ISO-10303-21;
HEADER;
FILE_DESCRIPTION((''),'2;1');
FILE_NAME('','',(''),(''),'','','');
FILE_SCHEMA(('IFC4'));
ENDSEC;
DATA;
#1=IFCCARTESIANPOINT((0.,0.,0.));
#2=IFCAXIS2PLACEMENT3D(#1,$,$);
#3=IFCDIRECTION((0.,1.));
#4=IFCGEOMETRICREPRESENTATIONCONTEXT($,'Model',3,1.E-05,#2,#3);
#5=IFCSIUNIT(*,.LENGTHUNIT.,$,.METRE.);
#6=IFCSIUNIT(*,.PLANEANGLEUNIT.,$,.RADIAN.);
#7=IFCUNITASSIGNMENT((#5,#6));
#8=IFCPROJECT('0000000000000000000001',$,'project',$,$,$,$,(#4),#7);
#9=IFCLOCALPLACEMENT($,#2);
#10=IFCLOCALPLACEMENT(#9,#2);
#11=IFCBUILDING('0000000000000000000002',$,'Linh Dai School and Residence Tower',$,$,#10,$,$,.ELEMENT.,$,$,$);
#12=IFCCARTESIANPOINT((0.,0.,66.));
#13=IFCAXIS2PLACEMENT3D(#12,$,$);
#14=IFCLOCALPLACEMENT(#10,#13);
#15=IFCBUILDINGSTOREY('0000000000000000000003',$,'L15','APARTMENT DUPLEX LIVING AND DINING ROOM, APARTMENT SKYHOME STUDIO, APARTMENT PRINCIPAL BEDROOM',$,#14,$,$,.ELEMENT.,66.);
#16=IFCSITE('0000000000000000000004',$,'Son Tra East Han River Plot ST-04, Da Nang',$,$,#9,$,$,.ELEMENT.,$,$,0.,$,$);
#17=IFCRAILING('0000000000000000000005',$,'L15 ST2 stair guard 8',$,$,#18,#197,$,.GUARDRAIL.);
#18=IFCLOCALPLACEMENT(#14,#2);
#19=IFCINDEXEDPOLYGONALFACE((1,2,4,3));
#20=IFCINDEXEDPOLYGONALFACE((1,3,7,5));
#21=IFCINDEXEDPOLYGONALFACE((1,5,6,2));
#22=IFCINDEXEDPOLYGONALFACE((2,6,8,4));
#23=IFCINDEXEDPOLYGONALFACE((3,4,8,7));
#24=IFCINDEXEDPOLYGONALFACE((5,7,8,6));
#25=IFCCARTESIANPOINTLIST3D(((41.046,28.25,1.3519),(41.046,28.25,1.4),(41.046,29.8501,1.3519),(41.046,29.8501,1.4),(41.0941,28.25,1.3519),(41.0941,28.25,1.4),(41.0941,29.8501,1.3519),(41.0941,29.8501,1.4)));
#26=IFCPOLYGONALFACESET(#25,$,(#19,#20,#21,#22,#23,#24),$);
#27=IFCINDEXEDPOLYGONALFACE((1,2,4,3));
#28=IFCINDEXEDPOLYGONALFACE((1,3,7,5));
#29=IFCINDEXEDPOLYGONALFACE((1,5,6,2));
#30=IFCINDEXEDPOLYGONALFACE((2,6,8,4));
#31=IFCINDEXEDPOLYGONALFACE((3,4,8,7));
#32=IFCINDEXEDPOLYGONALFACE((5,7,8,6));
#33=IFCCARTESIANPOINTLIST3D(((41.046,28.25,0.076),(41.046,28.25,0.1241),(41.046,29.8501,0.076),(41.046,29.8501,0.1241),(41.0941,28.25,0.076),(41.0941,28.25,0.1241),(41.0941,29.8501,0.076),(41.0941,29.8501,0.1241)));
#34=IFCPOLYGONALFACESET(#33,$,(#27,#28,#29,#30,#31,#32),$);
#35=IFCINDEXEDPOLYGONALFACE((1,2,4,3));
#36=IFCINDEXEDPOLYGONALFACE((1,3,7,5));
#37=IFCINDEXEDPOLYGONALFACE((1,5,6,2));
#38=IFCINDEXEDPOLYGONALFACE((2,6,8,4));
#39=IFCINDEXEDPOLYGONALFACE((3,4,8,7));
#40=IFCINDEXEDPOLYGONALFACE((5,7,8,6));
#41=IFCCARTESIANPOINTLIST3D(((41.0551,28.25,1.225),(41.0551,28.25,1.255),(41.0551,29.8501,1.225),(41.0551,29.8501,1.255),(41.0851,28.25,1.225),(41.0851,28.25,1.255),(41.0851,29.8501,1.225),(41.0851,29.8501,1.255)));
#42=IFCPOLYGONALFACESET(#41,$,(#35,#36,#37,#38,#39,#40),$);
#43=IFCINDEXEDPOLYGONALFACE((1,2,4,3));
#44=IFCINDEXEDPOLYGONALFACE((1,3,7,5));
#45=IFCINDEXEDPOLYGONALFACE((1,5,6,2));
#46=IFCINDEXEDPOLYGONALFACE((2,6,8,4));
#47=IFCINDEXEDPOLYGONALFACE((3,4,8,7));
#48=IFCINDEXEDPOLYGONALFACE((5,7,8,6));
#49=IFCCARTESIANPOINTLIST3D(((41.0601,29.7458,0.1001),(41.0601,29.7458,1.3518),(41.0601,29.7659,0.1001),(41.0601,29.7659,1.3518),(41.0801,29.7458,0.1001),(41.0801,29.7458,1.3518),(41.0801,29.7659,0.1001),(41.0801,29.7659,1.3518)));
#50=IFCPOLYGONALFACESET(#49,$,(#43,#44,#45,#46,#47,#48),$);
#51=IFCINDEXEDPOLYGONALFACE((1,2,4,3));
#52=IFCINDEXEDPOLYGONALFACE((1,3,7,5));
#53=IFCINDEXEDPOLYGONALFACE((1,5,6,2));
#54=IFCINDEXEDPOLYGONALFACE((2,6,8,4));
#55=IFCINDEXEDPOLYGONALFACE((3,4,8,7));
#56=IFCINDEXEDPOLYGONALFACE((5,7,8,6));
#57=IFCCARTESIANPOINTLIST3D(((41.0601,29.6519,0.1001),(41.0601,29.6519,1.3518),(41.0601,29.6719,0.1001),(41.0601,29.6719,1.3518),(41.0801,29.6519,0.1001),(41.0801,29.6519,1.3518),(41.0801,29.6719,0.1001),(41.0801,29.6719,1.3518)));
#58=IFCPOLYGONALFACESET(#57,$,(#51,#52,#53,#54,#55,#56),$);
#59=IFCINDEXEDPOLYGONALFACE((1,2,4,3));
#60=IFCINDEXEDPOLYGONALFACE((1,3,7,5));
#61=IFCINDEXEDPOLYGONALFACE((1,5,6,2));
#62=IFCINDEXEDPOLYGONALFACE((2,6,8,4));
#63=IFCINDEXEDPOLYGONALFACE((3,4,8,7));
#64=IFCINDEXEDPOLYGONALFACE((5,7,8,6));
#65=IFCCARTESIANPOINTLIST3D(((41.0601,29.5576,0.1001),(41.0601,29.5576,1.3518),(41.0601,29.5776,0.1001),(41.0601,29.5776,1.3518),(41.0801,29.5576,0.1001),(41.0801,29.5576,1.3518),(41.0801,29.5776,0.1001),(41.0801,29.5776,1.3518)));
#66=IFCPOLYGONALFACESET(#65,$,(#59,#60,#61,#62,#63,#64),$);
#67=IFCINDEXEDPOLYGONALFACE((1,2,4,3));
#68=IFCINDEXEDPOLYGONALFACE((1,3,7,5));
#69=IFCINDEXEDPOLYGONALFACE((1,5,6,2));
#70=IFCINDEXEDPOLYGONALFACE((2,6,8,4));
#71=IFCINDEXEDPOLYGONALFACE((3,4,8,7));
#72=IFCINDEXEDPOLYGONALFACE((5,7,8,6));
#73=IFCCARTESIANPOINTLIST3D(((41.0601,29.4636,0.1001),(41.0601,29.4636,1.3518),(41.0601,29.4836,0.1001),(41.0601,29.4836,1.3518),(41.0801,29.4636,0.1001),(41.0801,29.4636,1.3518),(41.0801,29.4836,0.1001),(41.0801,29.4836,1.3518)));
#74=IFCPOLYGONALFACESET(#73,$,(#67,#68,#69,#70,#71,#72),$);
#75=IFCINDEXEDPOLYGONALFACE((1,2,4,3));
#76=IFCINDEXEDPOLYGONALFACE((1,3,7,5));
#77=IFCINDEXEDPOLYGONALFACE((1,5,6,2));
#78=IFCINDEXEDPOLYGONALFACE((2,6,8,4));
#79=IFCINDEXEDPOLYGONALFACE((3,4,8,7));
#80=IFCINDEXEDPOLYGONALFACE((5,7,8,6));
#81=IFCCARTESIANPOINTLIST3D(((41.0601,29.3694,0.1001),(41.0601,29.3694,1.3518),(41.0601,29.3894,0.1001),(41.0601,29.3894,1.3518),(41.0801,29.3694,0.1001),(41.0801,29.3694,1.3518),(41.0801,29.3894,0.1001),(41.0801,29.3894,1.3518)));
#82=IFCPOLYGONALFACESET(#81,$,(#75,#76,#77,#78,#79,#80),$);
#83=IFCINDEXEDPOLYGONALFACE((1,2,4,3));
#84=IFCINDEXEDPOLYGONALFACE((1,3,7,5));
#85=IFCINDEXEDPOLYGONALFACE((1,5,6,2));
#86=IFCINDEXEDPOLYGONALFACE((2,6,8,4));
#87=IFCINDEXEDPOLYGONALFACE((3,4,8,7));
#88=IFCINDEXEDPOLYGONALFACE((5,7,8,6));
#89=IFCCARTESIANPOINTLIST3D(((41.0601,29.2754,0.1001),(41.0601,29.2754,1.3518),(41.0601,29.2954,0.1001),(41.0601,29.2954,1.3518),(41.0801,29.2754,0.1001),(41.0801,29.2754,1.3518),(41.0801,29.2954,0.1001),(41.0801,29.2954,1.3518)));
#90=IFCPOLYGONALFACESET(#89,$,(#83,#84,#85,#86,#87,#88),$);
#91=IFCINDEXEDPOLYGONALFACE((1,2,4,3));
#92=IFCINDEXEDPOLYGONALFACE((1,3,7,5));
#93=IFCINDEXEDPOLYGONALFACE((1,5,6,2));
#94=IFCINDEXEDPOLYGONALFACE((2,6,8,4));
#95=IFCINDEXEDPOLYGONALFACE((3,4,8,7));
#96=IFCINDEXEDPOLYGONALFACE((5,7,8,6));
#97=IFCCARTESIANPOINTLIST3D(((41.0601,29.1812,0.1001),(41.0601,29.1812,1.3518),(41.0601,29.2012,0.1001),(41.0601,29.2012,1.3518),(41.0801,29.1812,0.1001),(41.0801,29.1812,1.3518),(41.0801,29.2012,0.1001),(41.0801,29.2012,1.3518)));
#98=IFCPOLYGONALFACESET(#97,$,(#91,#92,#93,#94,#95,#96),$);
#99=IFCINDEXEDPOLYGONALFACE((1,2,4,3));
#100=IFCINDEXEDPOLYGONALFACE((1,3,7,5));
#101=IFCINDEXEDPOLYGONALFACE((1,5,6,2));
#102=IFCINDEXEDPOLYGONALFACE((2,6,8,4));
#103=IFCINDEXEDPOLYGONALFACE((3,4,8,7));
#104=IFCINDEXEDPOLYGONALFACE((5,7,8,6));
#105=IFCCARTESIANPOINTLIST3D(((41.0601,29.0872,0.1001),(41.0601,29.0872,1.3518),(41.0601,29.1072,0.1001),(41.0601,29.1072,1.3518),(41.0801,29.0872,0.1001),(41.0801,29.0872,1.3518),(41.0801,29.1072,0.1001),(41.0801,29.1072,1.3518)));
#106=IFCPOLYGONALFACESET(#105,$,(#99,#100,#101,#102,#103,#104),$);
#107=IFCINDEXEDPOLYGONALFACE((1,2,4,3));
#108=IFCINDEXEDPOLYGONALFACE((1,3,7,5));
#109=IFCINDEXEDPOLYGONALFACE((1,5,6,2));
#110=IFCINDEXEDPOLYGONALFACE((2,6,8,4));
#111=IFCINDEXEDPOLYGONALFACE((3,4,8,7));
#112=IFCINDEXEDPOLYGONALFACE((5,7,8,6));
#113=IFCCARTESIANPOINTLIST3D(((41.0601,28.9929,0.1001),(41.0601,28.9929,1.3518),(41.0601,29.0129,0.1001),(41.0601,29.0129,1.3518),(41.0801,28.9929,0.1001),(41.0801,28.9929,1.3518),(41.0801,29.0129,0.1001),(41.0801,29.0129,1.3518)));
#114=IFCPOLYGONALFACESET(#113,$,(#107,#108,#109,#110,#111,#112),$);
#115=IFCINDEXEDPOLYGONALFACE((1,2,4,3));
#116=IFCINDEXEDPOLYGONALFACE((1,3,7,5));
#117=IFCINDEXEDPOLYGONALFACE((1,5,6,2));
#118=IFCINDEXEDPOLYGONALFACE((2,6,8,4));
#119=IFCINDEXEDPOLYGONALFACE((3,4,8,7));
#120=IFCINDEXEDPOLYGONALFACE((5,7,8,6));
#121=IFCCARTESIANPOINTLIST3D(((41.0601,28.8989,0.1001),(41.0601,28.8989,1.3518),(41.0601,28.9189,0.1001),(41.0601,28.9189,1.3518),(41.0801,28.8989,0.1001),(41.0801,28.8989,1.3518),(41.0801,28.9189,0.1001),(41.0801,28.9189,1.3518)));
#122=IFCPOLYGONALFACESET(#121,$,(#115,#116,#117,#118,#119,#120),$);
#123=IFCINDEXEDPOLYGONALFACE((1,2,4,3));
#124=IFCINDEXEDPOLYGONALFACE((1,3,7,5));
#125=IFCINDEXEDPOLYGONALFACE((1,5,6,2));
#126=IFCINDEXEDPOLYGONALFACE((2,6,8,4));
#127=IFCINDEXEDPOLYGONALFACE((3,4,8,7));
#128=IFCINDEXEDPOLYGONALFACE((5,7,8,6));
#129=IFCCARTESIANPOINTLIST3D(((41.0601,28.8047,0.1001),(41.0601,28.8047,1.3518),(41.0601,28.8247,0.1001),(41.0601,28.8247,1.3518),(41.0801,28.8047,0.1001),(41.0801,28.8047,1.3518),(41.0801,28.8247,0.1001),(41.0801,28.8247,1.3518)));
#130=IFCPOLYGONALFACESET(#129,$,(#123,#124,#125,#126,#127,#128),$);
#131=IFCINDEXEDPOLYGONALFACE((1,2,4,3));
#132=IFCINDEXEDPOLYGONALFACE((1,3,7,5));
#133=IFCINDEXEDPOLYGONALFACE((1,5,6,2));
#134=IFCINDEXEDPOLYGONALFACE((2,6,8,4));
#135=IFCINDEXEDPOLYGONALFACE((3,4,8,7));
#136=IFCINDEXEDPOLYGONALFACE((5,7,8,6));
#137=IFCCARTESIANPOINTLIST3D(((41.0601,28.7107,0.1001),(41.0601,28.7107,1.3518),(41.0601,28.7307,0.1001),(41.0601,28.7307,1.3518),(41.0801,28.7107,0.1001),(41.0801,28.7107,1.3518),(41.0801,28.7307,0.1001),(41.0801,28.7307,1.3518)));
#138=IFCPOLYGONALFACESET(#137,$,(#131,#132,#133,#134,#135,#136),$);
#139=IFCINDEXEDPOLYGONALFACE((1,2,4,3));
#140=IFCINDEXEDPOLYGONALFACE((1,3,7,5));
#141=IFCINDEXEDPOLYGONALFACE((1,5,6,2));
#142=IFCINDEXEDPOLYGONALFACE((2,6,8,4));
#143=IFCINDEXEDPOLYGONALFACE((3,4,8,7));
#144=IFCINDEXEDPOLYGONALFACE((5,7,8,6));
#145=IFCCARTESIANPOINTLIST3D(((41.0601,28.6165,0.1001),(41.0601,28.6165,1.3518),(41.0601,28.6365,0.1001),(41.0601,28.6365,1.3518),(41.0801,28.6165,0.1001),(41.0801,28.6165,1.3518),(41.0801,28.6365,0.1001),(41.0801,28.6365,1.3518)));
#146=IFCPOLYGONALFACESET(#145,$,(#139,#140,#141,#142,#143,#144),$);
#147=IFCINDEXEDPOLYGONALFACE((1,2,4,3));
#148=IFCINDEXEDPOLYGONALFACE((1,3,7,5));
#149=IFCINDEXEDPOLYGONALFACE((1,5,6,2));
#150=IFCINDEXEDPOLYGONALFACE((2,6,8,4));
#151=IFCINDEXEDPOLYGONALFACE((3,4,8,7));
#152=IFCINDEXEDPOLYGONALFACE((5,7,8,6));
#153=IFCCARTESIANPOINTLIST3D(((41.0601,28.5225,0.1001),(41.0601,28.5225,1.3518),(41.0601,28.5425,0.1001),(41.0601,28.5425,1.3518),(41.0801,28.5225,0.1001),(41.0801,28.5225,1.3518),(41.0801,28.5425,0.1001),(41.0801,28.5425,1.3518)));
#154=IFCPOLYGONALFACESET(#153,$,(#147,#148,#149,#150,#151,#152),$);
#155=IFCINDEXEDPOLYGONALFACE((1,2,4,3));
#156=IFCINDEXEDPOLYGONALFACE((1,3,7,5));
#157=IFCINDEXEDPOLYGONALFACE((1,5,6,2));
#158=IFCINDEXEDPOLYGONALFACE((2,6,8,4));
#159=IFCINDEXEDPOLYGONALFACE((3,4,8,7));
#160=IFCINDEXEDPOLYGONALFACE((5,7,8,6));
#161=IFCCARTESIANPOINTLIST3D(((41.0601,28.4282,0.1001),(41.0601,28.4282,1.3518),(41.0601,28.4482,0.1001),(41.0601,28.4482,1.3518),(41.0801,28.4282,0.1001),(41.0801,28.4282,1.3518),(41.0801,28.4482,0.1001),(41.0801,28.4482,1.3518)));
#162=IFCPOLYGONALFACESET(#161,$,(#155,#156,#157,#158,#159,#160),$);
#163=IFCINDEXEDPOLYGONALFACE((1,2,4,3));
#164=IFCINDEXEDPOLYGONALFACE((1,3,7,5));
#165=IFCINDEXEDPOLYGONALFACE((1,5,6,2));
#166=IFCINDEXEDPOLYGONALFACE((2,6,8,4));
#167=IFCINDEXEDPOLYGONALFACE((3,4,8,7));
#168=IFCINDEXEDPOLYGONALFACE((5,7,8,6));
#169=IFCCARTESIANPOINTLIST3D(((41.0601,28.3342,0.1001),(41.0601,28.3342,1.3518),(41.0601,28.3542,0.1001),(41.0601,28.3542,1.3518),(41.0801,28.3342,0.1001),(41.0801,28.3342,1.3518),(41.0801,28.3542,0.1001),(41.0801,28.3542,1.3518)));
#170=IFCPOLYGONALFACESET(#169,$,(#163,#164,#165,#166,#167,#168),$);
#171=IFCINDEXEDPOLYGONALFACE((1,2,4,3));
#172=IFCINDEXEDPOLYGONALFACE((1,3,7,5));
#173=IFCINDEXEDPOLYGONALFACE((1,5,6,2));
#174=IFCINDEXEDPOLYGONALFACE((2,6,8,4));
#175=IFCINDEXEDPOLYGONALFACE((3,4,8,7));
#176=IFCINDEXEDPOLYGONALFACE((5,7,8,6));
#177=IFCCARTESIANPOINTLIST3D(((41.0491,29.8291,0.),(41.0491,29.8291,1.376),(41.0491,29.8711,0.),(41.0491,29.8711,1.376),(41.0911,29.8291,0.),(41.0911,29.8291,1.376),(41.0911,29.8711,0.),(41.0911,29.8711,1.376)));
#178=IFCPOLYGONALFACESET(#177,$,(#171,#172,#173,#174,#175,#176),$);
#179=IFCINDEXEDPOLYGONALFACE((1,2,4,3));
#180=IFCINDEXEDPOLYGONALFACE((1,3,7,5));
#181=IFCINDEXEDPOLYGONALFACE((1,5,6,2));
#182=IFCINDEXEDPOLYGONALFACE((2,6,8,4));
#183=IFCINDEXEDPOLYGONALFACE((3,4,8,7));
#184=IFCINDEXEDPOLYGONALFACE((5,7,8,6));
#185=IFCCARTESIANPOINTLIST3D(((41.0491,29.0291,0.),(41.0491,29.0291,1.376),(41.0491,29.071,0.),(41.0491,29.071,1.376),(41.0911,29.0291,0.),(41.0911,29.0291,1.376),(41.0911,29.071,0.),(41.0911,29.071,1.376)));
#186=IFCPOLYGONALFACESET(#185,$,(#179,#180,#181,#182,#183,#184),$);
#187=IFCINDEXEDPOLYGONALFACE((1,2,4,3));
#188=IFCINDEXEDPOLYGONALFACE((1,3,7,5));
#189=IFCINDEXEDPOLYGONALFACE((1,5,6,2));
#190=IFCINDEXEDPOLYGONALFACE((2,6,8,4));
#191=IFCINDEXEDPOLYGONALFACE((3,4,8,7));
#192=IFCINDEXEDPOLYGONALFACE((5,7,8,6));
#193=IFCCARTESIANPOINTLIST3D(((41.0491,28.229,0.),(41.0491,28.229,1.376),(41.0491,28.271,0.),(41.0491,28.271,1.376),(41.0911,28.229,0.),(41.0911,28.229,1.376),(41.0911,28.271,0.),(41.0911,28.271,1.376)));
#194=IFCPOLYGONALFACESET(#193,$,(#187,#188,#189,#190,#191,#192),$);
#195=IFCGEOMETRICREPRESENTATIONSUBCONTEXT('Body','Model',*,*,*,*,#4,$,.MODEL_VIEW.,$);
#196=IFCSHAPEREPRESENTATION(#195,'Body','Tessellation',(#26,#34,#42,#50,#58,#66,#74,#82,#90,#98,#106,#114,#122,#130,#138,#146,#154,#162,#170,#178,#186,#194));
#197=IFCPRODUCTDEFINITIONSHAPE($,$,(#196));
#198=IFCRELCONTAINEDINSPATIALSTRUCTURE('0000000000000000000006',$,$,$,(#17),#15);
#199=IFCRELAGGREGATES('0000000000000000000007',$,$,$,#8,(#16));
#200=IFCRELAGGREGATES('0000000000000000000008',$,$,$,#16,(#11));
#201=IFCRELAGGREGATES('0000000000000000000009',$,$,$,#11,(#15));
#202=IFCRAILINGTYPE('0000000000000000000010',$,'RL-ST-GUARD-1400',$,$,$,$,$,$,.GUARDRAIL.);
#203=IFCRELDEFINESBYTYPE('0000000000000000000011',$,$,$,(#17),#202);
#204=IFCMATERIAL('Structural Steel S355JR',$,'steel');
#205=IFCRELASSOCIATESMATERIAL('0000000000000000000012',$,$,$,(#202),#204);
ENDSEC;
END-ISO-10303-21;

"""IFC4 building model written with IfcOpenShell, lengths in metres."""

from ifc_helpers import new_model, si_unit, direction, frame, origin, origin_2d, place, context, subcontext, project, spatial, rectangle, extrude, source, transform, mapped, material, type_object, element, save


model = new_model("IFC4")

# Units and contexts
model_context = context("Model", 3, precision=1e-05, world=origin(), true_north=direction((0.0, 1.0)))
body_context = subcontext(model_context, "Body", "Model", "MODEL_VIEW")
ifc_project = project(units=[si_unit("LENGTHUNIT", "METRE"), si_unit("PLANEANGLEUNIT", "RADIAN")], contexts=[model_context])

# Site, building, storey
site_placement = place(None, origin())
site = spatial("IfcSite", under=ifc_project, at=site_placement, Name="Son Tra East Han River Plot ST-04, Da Nang", CompositionType="ELEMENT", RefElevation=0.0)
building_placement = place(site_placement, origin())
building = spatial("IfcBuilding", under=site, at=building_placement, Name="Linh Dai School and Residence Tower", CompositionType="ELEMENT")
storey_placement = place(building_placement, frame((0.0, 0.0, 66.0)))
storey = spatial("IfcBuildingStorey", under=building, at=storey_placement, Name="L15", Description="APARTMENT DUPLEX LIVING AND DINING ROOM, APARTMENT SKYHOME STUDIO, APARTMENT PRINCIPAL BEDROOM", CompositionType="ELEMENT", Elevation=66.0)

# Shared definitions
ifc_material_1 = material(Name="Structural Steel S355JR", Category="steel")

# Railing
railing_type_1 = type_object("IfcRailingType", Name="RL-ST-GUARD-1400", PredefinedType="GUARDRAIL", material=ifc_material_1)
shared_shape_1 = source(origin(), body_context, "Body", "SweptSolid", [
    extrude(rectangle(XDim=0.0481, YDim=0.0481, at=origin_2d()), frame((0.0, 0.0, 1.376), z_axis=(0.0, -1.0, 0.0), x_axis=(1.0, 0.0, 0.0)), (0.0, 0.0, 1.0), 1.6001),
    extrude(rectangle(XDim=0.0481, YDim=0.0481, at=origin_2d()), frame((0.0, 0.0, 0.1001), z_axis=(0.0, -1.0, 0.0), x_axis=(1.0, 0.0, 0.0)), (0.0, 0.0, 1.0), 1.6001),
    extrude(rectangle(XDim=0.03, YDim=0.03, at=origin_2d()), frame((0.0, 0.0, 1.24), z_axis=(0.0, -1.0, 0.0), x_axis=(1.0, 0.0, 0.0)), (0.0, 0.0, 1.0), 1.6001),
    extrude(rectangle(XDim=0.02, YDim=0.02, at=origin_2d()), frame((0.0, -0.0942, 0.1001)), (0.0, 0.0, 1.0), 1.2517),
    extrude(rectangle(XDim=0.02, YDim=0.02, at=origin_2d()), frame((0.0, -0.1882, 0.1001)), (0.0, 0.0, 1.0), 1.2517),
    extrude(rectangle(XDim=0.02, YDim=0.02, at=origin_2d()), frame((0.0, -0.2825, 0.1001)), (0.0, 0.0, 1.0), 1.2517),
    extrude(rectangle(XDim=0.02, YDim=0.02, at=origin_2d()), frame((0.0, -0.3765, 0.1001)), (0.0, 0.0, 1.0), 1.2517),
    extrude(rectangle(XDim=0.02, YDim=0.02, at=origin_2d()), frame((0.0, -0.4707, 0.1001)), (0.0, 0.0, 1.0), 1.2517),
    extrude(rectangle(XDim=0.02, YDim=0.02, at=origin_2d()), frame((0.0, -0.5647, 0.1001)), (0.0, 0.0, 1.0), 1.2517),
    extrude(rectangle(XDim=0.02, YDim=0.02, at=origin_2d()), frame((0.0, -0.6589, 0.1001)), (0.0, 0.0, 1.0), 1.2517),
    extrude(rectangle(XDim=0.02, YDim=0.02, at=origin_2d()), frame((0.0, -0.7529, 0.1001)), (0.0, 0.0, 1.0), 1.2517),
    extrude(rectangle(XDim=0.02, YDim=0.02, at=origin_2d()), frame((0.0, -0.8472, 0.1001)), (0.0, 0.0, 1.0), 1.2517),
    extrude(rectangle(XDim=0.02, YDim=0.02, at=origin_2d()), frame((0.0, -0.9412, 0.1001)), (0.0, 0.0, 1.0), 1.2517),
    extrude(rectangle(XDim=0.02, YDim=0.02, at=origin_2d()), frame((0.0, -1.0354, 0.1001)), (0.0, 0.0, 1.0), 1.2517),
    extrude(rectangle(XDim=0.02, YDim=0.02, at=origin_2d()), frame((0.0, -1.1294, 0.1001)), (0.0, 0.0, 1.0), 1.2517),
    extrude(rectangle(XDim=0.02, YDim=0.02, at=origin_2d()), frame((0.0, -1.2236, 0.1001)), (0.0, 0.0, 1.0), 1.2517),
    extrude(rectangle(XDim=0.02, YDim=0.02, at=origin_2d()), frame((0.0, -1.3176, 0.1001)), (0.0, 0.0, 1.0), 1.2517),
    extrude(rectangle(XDim=0.02, YDim=0.02, at=origin_2d()), frame((0.0, -1.4119, 0.1001)), (0.0, 0.0, 1.0), 1.2517),
    extrude(rectangle(XDim=0.02, YDim=0.02, at=origin_2d()), frame((0.0, -1.5059, 0.1001)), (0.0, 0.0, 1.0), 1.2517),
    extrude(rectangle(XDim=0.042, YDim=0.042, at=origin_2d()), origin(), (0.0, 0.0, 1.0), 1.376),
    extrude(rectangle(XDim=0.042, YDim=0.042, at=origin_2d()), frame((0.0, -0.8, 0.0)), (0.0, 0.0, 1.0), 1.376),
    extrude(rectangle(XDim=0.042, YDim=0.042, at=origin_2d()), frame((0.0, -1.6001, 0.0)), (0.0, 0.0, 1.0), 1.376),
])
for number, where, name in (
    (1, (41.0701, 29.8501, 0.0), "L15 ST2 stair guard 8"),
):
    element("IfcRailing", number, at=place(storey_placement, frame(where)), inside=storey, type_object=railing_type_1, Name=name, PredefinedType="GUARDRAIL", context=body_context, shape_type="MappedRepresentation", body=[
        mapped(shared_shape_1, transform((0.0, 0.0, 0.0), x_axis=(1.0, 0.0, 0.0), y_axis=(0.0, 1.0, 0.0), z_axis=(0.0, 0.0, 1.0), scale=1.0)),
    ])

save(model, "model.ifc")
